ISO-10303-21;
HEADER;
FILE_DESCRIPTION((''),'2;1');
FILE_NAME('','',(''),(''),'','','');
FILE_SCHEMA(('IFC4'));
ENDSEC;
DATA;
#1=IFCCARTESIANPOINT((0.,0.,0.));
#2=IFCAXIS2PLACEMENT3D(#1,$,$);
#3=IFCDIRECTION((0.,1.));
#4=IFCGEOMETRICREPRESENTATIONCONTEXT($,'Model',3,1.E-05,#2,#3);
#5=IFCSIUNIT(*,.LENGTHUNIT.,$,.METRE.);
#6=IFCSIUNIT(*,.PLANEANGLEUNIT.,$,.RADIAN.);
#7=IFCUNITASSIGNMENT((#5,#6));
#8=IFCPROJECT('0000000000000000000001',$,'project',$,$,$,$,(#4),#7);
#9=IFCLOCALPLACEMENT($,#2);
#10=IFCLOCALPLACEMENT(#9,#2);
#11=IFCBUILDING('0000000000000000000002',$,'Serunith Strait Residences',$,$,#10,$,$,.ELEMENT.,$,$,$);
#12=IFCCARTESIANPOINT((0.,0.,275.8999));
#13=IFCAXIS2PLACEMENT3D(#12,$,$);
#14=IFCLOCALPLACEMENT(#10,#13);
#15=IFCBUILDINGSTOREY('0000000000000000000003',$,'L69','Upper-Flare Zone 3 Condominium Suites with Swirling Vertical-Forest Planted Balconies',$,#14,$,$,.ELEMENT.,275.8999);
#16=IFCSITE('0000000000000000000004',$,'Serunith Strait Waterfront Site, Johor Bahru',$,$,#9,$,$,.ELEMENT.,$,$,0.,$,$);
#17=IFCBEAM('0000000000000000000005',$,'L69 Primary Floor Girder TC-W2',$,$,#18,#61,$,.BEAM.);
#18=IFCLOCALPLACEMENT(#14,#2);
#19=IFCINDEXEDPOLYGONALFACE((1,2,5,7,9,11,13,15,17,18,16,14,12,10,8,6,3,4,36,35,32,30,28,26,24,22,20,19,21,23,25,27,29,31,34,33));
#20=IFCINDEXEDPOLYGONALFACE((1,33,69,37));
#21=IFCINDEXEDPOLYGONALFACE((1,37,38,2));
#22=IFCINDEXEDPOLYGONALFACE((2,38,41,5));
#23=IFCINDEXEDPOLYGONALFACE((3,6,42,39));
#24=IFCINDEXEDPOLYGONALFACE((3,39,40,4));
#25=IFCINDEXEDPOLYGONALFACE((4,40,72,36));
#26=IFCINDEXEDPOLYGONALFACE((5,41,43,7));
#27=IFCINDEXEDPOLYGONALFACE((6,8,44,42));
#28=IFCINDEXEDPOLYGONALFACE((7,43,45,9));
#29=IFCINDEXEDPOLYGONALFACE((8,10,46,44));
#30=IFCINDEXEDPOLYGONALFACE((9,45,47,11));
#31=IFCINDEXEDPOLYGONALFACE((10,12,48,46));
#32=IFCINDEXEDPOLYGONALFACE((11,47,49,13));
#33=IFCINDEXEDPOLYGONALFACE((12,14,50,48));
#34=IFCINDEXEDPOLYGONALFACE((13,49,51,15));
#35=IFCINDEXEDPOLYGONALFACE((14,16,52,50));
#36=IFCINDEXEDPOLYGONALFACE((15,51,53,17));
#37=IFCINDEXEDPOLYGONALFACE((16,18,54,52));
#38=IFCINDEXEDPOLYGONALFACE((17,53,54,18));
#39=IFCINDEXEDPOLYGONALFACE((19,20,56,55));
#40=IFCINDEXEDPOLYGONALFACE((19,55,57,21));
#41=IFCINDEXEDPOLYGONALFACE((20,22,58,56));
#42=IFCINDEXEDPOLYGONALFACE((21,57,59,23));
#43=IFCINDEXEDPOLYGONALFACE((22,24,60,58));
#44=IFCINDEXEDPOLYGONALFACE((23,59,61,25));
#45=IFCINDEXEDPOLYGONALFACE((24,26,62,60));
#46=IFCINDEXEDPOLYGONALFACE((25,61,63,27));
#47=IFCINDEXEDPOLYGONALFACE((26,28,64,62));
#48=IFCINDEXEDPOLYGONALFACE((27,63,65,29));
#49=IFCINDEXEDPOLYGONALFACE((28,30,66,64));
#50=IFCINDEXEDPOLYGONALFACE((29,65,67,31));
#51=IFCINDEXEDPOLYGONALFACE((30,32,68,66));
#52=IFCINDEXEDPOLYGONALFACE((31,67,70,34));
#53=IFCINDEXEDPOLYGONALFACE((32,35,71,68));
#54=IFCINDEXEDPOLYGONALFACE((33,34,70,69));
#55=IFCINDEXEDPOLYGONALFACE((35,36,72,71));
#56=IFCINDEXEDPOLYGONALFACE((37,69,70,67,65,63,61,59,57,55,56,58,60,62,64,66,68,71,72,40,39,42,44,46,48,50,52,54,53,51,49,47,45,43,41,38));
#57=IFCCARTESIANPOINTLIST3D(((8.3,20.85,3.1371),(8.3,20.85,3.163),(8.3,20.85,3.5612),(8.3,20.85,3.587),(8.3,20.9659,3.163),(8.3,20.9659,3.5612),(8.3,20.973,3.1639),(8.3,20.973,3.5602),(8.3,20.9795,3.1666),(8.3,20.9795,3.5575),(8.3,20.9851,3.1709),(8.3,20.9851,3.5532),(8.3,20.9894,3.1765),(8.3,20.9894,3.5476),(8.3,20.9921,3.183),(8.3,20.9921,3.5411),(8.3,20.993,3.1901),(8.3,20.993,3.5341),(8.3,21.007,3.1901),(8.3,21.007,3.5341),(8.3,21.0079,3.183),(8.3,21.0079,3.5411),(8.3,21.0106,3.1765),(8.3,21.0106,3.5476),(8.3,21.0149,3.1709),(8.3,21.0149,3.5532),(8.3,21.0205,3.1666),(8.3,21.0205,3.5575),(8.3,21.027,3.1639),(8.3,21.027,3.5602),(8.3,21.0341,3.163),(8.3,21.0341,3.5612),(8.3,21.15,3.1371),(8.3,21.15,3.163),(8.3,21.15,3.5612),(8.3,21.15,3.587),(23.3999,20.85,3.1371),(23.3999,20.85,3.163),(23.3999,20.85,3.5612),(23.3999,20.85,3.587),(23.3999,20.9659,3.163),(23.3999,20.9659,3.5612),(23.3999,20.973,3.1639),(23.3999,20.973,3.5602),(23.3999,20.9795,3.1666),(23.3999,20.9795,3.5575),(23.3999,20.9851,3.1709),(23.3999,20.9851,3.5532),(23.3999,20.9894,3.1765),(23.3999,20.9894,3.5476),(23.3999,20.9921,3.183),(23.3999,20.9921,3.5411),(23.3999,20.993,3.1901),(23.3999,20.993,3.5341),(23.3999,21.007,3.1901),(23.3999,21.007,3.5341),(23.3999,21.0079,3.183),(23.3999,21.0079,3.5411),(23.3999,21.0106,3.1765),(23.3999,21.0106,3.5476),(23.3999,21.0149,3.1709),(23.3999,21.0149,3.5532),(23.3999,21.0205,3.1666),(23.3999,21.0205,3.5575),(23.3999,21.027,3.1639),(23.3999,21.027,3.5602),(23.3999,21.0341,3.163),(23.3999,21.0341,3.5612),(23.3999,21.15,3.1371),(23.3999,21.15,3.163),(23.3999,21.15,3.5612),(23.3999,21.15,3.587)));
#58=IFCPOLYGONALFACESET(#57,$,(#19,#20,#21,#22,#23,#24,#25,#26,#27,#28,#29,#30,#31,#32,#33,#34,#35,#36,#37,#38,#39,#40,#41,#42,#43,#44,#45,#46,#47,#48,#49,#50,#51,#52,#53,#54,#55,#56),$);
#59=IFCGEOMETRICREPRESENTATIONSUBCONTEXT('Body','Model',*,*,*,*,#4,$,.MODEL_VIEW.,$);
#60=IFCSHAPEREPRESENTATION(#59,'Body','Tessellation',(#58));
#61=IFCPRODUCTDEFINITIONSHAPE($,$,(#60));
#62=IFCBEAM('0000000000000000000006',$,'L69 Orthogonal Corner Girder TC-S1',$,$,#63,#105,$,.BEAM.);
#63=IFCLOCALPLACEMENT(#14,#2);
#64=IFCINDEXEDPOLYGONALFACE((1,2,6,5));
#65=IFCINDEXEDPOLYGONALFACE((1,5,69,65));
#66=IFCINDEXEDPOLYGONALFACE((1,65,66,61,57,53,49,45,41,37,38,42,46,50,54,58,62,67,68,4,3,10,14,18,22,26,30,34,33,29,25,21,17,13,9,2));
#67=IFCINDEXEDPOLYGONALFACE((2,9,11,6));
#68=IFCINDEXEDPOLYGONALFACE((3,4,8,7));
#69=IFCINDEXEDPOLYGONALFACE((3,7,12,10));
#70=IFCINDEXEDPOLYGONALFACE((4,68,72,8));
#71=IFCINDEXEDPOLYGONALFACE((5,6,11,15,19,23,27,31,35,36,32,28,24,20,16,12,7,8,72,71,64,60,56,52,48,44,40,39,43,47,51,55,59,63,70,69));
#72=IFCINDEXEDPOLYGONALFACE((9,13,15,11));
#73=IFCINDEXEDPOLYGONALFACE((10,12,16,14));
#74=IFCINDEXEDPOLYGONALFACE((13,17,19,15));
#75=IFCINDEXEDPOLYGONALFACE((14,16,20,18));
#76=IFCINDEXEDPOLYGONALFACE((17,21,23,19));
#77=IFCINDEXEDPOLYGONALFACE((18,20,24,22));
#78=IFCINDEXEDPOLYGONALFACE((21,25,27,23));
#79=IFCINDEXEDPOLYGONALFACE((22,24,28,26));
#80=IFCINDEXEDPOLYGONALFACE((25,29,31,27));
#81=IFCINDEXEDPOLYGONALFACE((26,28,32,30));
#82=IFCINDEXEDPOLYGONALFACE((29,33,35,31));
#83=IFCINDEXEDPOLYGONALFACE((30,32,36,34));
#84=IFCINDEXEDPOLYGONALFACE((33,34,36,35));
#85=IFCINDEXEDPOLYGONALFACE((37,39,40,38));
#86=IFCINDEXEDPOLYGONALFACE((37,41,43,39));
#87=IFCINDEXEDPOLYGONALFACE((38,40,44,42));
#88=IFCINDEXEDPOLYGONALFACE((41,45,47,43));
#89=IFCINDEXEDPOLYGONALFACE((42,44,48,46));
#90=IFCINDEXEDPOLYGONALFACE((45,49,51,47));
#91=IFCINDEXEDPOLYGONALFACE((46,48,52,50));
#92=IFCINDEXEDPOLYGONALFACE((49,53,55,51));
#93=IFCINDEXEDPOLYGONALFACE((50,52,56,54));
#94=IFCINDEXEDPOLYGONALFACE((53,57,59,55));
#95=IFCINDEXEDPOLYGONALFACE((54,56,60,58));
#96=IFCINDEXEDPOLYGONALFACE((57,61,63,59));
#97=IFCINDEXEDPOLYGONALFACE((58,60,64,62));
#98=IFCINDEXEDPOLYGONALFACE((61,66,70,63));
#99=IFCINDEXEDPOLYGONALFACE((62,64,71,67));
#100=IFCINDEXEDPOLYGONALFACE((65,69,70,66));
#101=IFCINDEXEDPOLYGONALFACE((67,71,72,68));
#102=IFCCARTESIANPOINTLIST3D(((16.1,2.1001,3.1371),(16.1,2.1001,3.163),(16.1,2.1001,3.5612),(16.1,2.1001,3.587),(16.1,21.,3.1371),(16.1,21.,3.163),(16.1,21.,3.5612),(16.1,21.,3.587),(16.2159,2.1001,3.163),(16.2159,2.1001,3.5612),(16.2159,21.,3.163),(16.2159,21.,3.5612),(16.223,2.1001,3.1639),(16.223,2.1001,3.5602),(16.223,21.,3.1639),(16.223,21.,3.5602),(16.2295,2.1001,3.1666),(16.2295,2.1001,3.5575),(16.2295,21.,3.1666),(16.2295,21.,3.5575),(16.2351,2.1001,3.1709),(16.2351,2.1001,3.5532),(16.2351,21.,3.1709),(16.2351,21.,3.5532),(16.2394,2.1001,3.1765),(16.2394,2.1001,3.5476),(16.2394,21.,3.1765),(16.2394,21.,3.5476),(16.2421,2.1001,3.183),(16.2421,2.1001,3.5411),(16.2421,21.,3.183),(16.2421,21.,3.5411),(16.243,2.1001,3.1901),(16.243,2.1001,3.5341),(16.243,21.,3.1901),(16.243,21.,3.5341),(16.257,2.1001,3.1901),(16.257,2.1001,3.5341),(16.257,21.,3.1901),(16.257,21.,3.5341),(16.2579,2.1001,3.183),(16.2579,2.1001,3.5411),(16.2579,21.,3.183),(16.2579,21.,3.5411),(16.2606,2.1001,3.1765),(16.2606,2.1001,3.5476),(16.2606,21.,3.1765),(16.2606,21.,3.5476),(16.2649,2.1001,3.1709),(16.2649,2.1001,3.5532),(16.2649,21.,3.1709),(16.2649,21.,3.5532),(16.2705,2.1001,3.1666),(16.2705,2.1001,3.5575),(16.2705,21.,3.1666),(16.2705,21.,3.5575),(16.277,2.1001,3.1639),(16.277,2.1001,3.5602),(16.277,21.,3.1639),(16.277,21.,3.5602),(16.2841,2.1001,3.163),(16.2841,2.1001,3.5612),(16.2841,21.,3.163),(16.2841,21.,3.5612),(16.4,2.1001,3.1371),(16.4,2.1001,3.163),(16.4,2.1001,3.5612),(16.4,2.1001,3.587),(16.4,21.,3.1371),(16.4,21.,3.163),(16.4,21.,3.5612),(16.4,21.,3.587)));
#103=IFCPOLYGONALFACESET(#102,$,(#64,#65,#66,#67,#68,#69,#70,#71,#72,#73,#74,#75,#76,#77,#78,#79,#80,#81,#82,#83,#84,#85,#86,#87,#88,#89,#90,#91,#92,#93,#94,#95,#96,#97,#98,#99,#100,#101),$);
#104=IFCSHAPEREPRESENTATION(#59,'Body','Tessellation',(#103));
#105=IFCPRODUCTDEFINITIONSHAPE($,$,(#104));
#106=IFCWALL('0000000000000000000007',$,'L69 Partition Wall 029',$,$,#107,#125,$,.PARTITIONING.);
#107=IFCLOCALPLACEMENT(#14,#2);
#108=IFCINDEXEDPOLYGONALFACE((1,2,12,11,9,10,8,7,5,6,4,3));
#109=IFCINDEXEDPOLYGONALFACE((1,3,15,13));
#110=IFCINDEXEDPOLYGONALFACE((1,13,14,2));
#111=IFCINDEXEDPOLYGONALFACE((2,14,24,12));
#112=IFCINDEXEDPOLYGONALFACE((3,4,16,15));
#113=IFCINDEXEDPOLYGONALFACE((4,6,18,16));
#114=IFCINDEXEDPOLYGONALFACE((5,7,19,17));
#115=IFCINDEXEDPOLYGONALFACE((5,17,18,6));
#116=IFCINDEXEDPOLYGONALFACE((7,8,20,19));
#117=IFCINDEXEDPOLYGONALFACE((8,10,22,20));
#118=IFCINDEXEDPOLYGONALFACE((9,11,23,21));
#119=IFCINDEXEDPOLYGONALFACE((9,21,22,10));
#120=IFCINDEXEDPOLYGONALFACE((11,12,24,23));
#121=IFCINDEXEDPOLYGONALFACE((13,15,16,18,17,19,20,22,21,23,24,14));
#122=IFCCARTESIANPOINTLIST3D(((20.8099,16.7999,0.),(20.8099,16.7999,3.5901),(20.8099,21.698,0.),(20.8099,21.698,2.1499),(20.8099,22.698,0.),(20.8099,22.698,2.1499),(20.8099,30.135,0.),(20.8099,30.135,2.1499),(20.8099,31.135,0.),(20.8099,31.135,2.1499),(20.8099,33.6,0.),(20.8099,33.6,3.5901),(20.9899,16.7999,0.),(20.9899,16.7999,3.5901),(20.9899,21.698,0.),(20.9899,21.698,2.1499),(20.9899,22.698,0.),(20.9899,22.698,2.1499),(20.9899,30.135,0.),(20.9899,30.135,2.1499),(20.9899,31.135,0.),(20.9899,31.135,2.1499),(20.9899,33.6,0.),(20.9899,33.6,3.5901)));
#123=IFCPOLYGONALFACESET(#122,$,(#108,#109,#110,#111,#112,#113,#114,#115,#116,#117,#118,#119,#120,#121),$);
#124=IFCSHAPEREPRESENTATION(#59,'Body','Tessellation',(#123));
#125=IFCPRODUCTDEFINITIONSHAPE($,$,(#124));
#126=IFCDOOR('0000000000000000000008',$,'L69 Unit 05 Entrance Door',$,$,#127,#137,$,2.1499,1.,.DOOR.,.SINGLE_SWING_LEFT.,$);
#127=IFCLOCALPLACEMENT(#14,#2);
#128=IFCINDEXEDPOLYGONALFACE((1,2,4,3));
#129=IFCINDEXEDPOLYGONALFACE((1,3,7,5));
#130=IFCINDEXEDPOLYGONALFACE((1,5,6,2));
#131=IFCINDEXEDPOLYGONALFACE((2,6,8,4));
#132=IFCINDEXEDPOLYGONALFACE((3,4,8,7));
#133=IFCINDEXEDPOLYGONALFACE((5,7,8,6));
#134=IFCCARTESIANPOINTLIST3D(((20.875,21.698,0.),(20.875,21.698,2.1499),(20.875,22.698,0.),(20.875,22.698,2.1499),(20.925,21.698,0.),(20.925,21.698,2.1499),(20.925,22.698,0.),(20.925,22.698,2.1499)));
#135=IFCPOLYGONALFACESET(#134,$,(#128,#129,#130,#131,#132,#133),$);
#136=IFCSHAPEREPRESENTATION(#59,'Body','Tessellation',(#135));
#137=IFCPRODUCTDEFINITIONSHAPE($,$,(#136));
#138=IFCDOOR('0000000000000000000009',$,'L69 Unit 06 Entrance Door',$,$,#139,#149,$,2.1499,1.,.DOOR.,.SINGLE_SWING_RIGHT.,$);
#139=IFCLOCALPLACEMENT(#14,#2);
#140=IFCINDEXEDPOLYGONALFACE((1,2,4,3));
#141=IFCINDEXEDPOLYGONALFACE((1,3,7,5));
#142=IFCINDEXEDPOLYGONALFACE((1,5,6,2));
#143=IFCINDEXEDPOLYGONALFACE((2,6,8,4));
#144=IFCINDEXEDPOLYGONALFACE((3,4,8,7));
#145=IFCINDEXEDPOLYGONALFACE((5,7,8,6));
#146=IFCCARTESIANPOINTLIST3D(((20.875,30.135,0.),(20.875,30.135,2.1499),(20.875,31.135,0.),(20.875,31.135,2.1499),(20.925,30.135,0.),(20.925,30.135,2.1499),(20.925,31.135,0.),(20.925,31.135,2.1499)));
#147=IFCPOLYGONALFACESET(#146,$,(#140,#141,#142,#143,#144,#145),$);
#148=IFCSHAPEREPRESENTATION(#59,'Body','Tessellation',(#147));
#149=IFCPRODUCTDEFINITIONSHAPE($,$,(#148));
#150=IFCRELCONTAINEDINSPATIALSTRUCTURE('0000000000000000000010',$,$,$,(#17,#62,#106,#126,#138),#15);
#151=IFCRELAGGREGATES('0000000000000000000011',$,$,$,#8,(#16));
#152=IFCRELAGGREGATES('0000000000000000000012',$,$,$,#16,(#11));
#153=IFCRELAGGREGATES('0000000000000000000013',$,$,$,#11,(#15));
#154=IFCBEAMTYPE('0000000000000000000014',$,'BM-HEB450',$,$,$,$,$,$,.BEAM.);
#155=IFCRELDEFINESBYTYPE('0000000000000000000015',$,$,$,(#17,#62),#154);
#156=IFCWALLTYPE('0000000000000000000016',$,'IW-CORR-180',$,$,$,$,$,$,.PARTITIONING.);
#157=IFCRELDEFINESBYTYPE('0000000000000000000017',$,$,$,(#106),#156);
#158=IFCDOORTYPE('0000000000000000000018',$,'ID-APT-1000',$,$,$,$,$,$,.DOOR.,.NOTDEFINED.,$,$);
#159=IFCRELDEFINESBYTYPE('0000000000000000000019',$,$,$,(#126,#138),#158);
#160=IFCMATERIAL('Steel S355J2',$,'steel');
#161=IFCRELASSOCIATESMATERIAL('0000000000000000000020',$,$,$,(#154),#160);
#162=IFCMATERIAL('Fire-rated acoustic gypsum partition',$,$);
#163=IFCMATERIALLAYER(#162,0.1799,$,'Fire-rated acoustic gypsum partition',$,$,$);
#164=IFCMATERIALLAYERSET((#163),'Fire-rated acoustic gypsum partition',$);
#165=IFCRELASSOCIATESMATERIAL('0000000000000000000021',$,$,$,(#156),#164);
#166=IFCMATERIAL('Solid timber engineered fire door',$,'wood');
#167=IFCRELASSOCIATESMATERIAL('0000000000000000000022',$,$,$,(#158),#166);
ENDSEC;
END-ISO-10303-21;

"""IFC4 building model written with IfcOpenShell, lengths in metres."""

from ifc_helpers import new_model, si_unit, direction, frame, frame_2d, origin, origin_2d, place, context, subcontext, project, spatial, rectangle, i_section, extrude, source, transform, mapped, material, layer, layer_set, material_profile, profile_set, type_object, element, fill, save


model = new_model("IFC4")

# Units and contexts
model_context = context("Model", 3, precision=1e-05, world=origin(), true_north=direction((0.0, 1.0)))
body_context = subcontext(model_context, "Body", "Model", "MODEL_VIEW")
ifc_project = project(units=[si_unit("LENGTHUNIT", "METRE"), si_unit("PLANEANGLEUNIT", "RADIAN")], contexts=[model_context])

# Site, building, storey
site_placement = place(None, origin())
site = spatial("IfcSite", under=ifc_project, at=site_placement, Name="Serunith Strait Waterfront Site, Johor Bahru", CompositionType="ELEMENT", RefElevation=0.0)
building_placement = place(site_placement, origin())
building = spatial("IfcBuilding", under=site, at=building_placement, Name="Serunith Strait Residences", CompositionType="ELEMENT")
storey_placement = place(building_placement, frame((0.0, 0.0, 275.8999)))
storey = spatial("IfcBuildingStorey", under=building, at=storey_placement, Name="L69", Description="Upper-Flare Zone 3 Condominium Suites with Swirling Vertical-Forest Planted Balconies", CompositionType="ELEMENT", Elevation=275.8999)

# Beams
ifc_material_1 = material(Name="Steel S355J2", Category="steel")
ifc_material_profile = material_profile(ifc_material_1, i_section(OverallWidth=0.3, OverallDepth=0.45, WebThickness=0.0139, FlangeThickness=0.0259, FilletRadius=0.0271, at=origin_2d()), Name="HEB 450")
ifc_profile_set = profile_set([ifc_material_profile], Name="Steel S355J2")
beam_type = type_object("IfcBeamType", Name="BM-HEB450", PredefinedType="BEAM", material=ifc_profile_set)
shared_shape_1 = source(origin(), body_context, "Body", "SweptSolid", [
    extrude(i_section(OverallWidth=0.3, OverallDepth=0.45, WebThickness=0.0139, FlangeThickness=0.0259, FilletRadius=0.0271, at=origin_2d()), origin(), (0.0, 0.0, 1.0), 15.0999),
])
beam_1_placement = place(storey_placement, frame((23.3999, 21.0, 3.3621), z_axis=(-1.0, 0.0, 0.0), x_axis=(0.0, -1.0, 0.0)))
element("IfcBeam", 1, at=beam_1_placement, inside=storey, type_object=beam_type, Name="L69 Primary Floor Girder TC-W2", PredefinedType="BEAM", context=body_context, shape_type="MappedRepresentation", body=[
    mapped(shared_shape_1, transform((0.0, 0.0, 0.0), scale=1.0)),
])
shared_shape_2 = source(origin(), body_context, "Body", "SweptSolid", [
    extrude(i_section(OverallWidth=0.3, OverallDepth=0.45, WebThickness=0.0139, FlangeThickness=0.0259, FilletRadius=0.0271, at=origin_2d()), origin(), (0.0, 0.0, 1.0), 18.8999),
])
beam_2_placement = place(storey_placement, frame((16.25, 21.0, 3.3621), z_axis=(0.0, -1.0, 0.0), x_axis=(1.0, 0.0, 0.0)))
element("IfcBeam", 2, at=beam_2_placement, inside=storey, type_object=beam_type, Name="L69 Orthogonal Corner Girder TC-S1", PredefinedType="BEAM", context=body_context, shape_type="MappedRepresentation", body=[
    mapped(shared_shape_2, transform((0.0, 0.0, 0.0), scale=1.0)),
])

# Shared definitions
ifc_material_2 = material(Name="Fire-rated acoustic gypsum partition")
ifc_layer_1 = layer(ifc_material_2, 0.1799, Name="Fire-rated acoustic gypsum partition")
ifc_layer_set_1 = layer_set([ifc_layer_1], Name="Fire-rated acoustic gypsum partition")
wall_type_1 = type_object("IfcWallType", Name="IW-CORR-180", PredefinedType="PARTITIONING", material=ifc_layer_set_1)
ifc_material_3 = material(Name="Solid timber engineered fire door", Category="wood")
door_type_1 = type_object("IfcDoorType", Name="ID-APT-1000", OperationType="NOTDEFINED", PredefinedType="DOOR", material=ifc_material_3)
shared_shape_3 = source(origin(), body_context, "Body", "SweptSolid", [
    extrude(rectangle(XDim=1.0, YDim=2.1499, at=frame_2d((0.5, 1.075))), frame((0.0, 0.0249, 0.0), z_axis=(0.0, -1.0, 0.0), x_axis=(1.0, 0.0, 0.0)), (0.0, 0.0, 1.0), 0.05),
])

# Wall, openings, doors
wall_1_placement = place(storey_placement, frame((20.8999, 16.8, 0.0), z_axis=(0.0, 0.0, 1.0), x_axis=(0.0, 1.0, 0.0)))
wall_1 = element("IfcWall", 3, at=wall_1_placement, inside=storey, type_object=wall_type_1, Name="L69 Partition Wall 029", PredefinedType="PARTITIONING", context=body_context, shape_type="SweptSolid", body=[
    extrude(rectangle(XDim=16.8, YDim=0.1799, at=frame_2d((8.3999, 0.0))), origin(), (0.0, 0.0, 1.0), 3.5901),
])
opening_1_placement = place(wall_1_placement, frame((4.8979, 0.0, 0.0)))
opening_1 = element("IfcOpeningElement", 4, at=opening_1_placement, cuts=wall_1, PredefinedType="OPENING", context=body_context, shape_type="SweptSolid", body=[
    extrude(rectangle(XDim=1.0, YDim=2.1499, at=frame_2d((0.5, 1.075))), frame((0.0, 0.1001, 0.0), z_axis=(0.0, -1.0, 0.0), x_axis=(1.0, 0.0, 0.0)), (0.0, 0.0, 1.0), 0.2),
])
opening_2_placement = place(wall_1_placement, frame((13.335, 0.0, 0.0)))
opening_2 = element("IfcOpeningElement", 5, at=opening_2_placement, cuts=wall_1, PredefinedType="OPENING", context=body_context, shape_type="SweptSolid", body=[
    extrude(rectangle(XDim=1.0, YDim=2.1499, at=frame_2d((0.5, 1.075))), frame((0.0, 0.1001, 0.0), z_axis=(0.0, -1.0, 0.0), x_axis=(1.0, 0.0, 0.0)), (0.0, 0.0, 1.0), 0.2),
])
door_1_placement = place(opening_1_placement, origin())
door_1 = element("IfcDoor", 6, at=door_1_placement, inside=storey, type_object=door_type_1, Name="L69 Unit 05 Entrance Door", OperationType="SINGLE_SWING_LEFT", OverallHeight=2.1499, OverallWidth=1.0, PredefinedType="DOOR", context=body_context, shape_type="MappedRepresentation", body=[
    mapped(shared_shape_3, transform((0.0, 0.0, 0.0), scale=1.0)),
])
fill(opening_1, door_1)
door_2_placement = place(opening_2_placement, origin())
door_2 = element("IfcDoor", 7, at=door_2_placement, inside=storey, type_object=door_type_1, Name="L69 Unit 06 Entrance Door", OperationType="SINGLE_SWING_RIGHT", OverallHeight=2.1499, OverallWidth=1.0, PredefinedType="DOOR", context=body_context, shape_type="MappedRepresentation", body=[
    mapped(shared_shape_3, transform((0.0, 0.0, 0.0), scale=1.0)),
])
fill(opening_2, door_2)

save(model, "model.ifc")
